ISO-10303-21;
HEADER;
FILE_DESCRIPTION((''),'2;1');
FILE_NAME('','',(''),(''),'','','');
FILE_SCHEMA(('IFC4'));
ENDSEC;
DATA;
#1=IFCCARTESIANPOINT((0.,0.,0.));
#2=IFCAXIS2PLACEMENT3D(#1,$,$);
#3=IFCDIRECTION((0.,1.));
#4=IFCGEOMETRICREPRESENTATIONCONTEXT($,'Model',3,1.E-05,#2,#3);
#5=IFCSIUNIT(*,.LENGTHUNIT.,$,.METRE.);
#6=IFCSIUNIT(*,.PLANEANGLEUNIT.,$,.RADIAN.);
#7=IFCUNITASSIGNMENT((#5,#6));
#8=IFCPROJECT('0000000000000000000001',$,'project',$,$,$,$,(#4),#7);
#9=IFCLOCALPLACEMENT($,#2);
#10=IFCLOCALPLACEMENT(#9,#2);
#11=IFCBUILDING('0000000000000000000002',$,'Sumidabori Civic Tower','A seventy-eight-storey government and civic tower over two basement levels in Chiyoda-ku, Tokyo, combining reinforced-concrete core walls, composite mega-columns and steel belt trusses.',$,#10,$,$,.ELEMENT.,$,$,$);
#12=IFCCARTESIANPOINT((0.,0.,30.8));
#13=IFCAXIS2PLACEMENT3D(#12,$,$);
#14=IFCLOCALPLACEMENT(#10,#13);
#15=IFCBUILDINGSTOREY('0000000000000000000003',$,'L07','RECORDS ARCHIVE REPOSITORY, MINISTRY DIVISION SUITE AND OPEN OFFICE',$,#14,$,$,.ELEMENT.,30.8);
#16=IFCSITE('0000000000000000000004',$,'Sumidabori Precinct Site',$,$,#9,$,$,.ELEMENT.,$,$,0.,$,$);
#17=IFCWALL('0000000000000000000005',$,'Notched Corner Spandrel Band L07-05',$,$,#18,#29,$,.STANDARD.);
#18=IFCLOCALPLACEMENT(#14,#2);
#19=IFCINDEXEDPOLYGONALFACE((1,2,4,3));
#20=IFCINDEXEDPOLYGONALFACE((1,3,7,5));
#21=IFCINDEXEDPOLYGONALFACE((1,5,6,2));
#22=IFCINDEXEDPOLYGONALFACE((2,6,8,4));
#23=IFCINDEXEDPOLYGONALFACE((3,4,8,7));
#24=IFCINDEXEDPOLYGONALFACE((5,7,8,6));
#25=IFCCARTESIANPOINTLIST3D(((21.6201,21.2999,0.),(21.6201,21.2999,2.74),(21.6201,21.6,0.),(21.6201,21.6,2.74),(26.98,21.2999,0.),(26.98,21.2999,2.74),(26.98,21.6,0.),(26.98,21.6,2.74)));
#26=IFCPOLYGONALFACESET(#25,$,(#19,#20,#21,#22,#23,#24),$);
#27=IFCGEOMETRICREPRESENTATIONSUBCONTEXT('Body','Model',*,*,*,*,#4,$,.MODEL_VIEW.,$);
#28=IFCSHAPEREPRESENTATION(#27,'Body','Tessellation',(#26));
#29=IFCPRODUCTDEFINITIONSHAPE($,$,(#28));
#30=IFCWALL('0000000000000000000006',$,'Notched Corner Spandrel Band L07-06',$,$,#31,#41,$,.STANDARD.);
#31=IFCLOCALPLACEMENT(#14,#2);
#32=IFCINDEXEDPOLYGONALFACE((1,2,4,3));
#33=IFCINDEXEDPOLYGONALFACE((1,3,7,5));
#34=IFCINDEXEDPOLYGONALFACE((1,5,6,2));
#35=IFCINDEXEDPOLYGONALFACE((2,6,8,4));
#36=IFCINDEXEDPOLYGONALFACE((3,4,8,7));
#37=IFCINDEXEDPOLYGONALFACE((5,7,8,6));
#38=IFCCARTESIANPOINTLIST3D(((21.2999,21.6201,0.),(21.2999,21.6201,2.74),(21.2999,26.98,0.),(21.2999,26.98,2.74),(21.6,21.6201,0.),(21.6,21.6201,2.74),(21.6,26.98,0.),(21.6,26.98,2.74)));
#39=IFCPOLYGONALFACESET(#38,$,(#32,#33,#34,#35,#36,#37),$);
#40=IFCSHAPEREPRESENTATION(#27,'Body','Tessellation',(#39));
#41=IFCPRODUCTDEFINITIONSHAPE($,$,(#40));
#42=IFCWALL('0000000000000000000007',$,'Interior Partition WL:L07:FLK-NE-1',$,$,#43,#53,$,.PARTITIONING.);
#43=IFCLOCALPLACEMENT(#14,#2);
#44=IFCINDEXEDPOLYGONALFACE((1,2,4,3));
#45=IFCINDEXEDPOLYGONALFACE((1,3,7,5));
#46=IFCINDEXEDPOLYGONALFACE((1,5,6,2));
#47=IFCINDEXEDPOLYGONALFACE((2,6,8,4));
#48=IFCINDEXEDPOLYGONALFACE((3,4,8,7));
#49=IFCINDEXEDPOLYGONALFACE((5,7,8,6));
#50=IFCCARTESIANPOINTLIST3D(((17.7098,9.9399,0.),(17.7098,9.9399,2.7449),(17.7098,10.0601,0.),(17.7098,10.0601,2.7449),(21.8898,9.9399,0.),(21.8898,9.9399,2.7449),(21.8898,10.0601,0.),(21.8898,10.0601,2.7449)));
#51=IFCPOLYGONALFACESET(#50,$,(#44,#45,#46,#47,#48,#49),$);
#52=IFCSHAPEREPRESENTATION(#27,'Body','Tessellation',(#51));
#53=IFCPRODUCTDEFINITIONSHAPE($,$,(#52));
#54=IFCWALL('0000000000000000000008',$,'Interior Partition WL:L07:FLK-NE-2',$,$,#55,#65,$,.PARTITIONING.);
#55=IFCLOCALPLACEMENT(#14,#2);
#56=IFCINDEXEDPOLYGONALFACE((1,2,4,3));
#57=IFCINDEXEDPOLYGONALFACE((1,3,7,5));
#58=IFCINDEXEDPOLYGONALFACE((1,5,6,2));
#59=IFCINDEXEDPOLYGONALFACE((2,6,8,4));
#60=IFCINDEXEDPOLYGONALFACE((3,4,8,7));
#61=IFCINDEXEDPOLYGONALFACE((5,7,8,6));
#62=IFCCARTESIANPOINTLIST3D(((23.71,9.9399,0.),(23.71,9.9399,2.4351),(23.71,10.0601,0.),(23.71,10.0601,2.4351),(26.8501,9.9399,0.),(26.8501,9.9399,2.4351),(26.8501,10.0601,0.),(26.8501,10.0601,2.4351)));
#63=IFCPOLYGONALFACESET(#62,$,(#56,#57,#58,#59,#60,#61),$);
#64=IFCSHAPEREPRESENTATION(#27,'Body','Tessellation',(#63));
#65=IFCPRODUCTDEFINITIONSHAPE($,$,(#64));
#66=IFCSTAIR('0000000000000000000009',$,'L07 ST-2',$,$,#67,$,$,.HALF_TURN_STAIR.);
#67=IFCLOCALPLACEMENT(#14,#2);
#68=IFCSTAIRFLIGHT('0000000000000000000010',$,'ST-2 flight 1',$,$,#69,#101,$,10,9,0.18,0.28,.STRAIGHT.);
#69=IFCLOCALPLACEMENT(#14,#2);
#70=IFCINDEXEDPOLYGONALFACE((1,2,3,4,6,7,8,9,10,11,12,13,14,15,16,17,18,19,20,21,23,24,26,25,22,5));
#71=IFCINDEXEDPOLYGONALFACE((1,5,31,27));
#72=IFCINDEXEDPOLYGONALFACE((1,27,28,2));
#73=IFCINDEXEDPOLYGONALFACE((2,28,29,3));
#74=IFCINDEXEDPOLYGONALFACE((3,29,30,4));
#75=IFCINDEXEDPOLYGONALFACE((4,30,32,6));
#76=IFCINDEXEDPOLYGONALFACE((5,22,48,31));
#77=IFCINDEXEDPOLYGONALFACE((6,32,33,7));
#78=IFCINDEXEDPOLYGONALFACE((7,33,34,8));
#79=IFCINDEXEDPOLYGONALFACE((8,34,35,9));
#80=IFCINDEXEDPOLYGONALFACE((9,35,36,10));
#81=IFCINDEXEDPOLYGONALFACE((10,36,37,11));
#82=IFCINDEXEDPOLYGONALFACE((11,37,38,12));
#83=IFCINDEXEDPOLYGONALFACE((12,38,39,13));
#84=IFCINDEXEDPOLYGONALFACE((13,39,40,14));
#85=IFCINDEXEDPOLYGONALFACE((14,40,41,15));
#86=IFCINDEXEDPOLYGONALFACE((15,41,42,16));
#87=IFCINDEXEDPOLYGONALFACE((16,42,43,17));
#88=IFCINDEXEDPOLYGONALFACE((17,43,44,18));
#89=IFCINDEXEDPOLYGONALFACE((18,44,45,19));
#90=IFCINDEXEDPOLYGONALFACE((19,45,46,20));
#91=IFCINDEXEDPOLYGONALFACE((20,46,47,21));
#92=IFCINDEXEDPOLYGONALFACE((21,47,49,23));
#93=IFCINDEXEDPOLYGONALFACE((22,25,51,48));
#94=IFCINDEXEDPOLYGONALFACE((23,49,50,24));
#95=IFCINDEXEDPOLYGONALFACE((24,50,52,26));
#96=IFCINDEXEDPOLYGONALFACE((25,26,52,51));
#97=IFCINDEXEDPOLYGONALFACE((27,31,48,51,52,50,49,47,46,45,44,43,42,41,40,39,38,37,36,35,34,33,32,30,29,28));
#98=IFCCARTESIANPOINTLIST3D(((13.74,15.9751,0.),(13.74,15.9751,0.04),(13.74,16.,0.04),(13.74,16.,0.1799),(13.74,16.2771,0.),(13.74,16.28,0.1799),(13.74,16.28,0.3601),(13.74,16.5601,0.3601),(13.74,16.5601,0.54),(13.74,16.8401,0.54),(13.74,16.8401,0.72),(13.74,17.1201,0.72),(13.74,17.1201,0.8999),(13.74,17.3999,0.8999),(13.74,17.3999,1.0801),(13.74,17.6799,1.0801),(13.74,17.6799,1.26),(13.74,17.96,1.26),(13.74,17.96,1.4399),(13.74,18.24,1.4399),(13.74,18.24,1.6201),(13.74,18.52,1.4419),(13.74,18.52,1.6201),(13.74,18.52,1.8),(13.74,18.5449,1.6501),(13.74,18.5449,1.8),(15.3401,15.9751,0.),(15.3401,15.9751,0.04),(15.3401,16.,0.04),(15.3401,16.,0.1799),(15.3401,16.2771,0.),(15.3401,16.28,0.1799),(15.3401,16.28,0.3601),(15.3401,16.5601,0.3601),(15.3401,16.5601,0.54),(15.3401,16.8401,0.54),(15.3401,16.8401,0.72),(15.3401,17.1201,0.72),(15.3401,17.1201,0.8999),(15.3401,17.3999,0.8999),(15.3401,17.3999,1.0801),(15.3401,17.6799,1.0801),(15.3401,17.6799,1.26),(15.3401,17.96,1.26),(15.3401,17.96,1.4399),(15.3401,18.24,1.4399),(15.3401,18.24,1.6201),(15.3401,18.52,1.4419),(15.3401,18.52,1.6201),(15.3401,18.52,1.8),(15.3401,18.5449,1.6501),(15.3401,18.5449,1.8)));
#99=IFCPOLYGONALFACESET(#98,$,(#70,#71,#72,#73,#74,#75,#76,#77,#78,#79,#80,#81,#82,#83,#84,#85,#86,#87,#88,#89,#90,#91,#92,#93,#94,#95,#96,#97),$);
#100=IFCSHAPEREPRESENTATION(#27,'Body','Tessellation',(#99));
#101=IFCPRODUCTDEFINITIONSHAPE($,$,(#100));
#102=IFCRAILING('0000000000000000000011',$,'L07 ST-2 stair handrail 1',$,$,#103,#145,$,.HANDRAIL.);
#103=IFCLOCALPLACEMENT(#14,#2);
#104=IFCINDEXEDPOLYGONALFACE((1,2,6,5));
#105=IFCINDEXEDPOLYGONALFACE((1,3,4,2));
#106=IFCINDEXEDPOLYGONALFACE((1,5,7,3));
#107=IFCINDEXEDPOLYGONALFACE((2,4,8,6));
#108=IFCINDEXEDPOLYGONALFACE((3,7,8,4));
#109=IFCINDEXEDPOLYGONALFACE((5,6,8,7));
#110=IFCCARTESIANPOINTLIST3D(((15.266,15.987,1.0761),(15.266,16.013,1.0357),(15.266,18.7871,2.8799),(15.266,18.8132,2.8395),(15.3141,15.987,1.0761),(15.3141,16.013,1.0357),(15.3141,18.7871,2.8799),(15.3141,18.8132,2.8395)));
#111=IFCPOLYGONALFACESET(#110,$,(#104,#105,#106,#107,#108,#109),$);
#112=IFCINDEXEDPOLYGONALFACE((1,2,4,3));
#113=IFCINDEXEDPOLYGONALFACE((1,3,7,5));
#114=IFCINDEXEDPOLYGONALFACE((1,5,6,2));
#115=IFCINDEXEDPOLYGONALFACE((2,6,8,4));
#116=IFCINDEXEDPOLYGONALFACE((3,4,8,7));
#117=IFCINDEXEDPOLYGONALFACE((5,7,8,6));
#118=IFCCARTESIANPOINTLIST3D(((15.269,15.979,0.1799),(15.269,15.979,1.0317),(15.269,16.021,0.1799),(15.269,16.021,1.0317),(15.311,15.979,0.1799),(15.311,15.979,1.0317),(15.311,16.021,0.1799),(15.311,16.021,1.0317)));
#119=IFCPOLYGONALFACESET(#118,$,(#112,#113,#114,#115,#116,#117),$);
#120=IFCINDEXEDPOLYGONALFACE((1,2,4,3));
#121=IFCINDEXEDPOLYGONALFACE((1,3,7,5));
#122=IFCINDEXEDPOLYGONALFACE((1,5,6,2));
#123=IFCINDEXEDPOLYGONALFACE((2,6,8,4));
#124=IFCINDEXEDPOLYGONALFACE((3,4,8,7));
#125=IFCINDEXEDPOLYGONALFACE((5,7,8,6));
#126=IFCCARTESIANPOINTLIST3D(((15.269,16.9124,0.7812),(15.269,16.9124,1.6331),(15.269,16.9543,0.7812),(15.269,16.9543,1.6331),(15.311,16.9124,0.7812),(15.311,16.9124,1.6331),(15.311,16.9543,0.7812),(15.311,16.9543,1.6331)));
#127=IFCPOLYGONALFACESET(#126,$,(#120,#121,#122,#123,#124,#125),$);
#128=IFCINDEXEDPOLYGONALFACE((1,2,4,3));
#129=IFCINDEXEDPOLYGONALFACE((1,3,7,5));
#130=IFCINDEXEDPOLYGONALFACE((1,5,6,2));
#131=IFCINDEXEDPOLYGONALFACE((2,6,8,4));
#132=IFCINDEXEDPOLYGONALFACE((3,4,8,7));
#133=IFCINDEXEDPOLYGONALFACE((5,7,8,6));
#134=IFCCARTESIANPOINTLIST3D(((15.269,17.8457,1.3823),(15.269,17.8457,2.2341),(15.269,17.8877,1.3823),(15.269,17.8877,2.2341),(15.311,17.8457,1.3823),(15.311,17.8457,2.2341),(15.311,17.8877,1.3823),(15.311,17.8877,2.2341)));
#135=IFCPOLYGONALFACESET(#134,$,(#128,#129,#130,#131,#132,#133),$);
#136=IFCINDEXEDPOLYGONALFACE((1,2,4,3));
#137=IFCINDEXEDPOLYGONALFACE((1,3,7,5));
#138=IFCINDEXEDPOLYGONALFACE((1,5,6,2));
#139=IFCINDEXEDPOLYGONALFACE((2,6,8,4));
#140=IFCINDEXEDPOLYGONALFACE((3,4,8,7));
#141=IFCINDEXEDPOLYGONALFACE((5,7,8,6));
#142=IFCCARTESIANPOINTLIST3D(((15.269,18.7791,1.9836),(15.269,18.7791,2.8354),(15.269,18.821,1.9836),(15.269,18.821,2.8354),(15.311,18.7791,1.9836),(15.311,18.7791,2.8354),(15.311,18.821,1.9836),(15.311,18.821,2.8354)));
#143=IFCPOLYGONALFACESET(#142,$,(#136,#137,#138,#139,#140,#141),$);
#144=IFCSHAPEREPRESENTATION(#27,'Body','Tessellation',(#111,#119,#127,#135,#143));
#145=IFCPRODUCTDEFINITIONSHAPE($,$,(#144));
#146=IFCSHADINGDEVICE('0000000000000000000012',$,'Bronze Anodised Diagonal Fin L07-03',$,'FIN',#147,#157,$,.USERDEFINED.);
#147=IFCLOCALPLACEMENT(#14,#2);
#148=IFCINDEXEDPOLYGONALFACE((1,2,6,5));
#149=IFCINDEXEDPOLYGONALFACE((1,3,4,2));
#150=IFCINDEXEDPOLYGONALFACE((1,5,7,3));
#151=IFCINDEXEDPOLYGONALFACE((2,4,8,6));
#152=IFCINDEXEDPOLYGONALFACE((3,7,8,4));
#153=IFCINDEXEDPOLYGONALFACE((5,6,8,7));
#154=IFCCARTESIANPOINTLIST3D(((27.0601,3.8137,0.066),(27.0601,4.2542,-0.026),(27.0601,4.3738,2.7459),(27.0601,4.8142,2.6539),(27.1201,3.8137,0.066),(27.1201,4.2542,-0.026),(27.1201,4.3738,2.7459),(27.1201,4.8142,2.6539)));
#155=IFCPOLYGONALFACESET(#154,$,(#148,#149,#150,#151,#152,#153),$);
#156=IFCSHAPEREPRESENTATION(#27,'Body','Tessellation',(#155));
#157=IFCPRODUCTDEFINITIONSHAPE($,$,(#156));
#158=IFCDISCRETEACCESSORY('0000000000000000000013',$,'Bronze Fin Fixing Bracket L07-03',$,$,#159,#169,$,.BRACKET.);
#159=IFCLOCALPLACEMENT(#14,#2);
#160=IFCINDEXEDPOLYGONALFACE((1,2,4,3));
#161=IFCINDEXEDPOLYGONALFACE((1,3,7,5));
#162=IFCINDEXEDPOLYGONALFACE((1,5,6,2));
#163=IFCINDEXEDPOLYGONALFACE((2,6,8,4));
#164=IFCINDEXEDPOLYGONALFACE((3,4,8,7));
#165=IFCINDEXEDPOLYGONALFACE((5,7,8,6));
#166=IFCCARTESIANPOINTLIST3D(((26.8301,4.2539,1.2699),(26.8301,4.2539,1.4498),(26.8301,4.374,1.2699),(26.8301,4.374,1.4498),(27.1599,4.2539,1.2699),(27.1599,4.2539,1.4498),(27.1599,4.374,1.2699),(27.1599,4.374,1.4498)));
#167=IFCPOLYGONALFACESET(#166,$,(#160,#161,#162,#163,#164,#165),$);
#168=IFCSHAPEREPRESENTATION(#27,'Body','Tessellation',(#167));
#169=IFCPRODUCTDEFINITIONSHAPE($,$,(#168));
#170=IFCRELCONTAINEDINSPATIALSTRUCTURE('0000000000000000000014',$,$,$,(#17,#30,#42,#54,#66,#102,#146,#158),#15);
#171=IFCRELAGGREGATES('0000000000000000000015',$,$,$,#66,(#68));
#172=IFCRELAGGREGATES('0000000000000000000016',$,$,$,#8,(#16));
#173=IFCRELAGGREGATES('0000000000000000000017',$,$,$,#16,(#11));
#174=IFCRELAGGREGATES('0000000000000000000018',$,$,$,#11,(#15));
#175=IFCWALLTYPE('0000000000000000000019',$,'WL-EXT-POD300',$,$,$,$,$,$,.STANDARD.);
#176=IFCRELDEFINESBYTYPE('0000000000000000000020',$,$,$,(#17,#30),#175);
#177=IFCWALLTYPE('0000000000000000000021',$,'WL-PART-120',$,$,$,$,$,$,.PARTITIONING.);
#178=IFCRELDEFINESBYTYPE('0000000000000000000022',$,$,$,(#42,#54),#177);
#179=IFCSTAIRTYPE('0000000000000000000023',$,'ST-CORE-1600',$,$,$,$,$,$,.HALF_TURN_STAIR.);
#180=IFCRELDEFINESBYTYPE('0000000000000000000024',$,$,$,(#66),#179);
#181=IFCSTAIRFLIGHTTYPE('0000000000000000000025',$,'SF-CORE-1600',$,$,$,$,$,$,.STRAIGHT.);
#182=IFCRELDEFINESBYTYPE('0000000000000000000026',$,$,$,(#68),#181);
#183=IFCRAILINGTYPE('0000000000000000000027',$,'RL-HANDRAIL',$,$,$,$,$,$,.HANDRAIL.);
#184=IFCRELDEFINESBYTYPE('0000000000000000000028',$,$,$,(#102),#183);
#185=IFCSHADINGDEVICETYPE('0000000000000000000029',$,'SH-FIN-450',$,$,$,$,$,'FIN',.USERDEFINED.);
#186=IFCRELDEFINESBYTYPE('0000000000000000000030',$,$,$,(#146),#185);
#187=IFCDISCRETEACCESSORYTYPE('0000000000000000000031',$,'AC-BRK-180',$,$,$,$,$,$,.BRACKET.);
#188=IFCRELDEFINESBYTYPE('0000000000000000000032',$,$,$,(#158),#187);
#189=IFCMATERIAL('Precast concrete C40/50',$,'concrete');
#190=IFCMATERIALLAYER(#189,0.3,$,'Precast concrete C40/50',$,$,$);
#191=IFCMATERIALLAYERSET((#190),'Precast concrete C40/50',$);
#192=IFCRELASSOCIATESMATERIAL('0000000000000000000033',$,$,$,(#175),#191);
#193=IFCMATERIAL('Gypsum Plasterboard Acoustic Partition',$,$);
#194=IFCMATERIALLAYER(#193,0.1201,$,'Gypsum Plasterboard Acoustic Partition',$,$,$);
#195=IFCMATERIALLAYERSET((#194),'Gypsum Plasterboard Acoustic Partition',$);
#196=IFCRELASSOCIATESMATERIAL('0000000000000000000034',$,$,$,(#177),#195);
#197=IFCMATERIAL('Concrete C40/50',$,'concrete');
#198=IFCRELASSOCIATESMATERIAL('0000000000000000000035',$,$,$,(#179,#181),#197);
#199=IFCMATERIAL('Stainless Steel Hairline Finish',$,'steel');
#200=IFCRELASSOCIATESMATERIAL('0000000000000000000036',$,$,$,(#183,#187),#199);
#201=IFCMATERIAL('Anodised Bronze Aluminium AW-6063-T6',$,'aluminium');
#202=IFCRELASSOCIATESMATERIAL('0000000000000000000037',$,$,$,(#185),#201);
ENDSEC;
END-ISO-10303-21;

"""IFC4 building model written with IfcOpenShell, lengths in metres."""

from ifc_helpers import new_model, si_unit, direction, frame, frame_2d, origin, origin_2d, place, context, subcontext, project, spatial, polyline, rectangle, outline, extrude, source, transform, mapped, material, layer, layer_set, material_profile, profile_set, type_object, element, aggregate, save


model = new_model("IFC4")

# Units and contexts
model_context = context("Model", 3, precision=1e-05, world=origin(), true_north=direction((0.0, 1.0)))
body_context = subcontext(model_context, "Body", "Model", "MODEL_VIEW")
ifc_project = project(units=[si_unit("LENGTHUNIT", "METRE"), si_unit("PLANEANGLEUNIT", "RADIAN")], contexts=[model_context])

# Site, building, storey
site_placement = place(None, origin())
site = spatial("IfcSite", under=ifc_project, at=site_placement, Name="Sumidabori Precinct Site", CompositionType="ELEMENT", RefElevation=0.0)
building_placement = place(site_placement, origin())
building = spatial("IfcBuilding", under=site, at=building_placement, Name="Sumidabori Civic Tower", Description="A seventy-eight-storey government and civic tower over two basement levels in Chiyoda-ku, Tokyo, combining reinforced-concrete core walls, composite mega-columns and steel belt trusses.", CompositionType="ELEMENT")
storey_placement = place(building_placement, frame((0.0, 0.0, 30.8)))
storey = spatial("IfcBuildingStorey", under=building, at=storey_placement, Name="L07", Description="RECORDS ARCHIVE REPOSITORY, MINISTRY DIVISION SUITE AND OPEN OFFICE", CompositionType="ELEMENT", Elevation=30.8)

# Shared definitions
ifc_material_1 = material(Name="Anodised Bronze Aluminium AW-6063-T6", Category="aluminium")

# Walls
ifc_material_2 = material(Name="Precast concrete C40/50", Category="concrete")
ifc_layer_1 = layer(ifc_material_2, 0.3, Name="Precast concrete C40/50")
ifc_layer_set_1 = layer_set([ifc_layer_1], Name="Precast concrete C40/50")
wall_type_1 = type_object("IfcWallType", Name="WL-EXT-POD300", PredefinedType="STANDARD", material=ifc_layer_set_1)
shared_shape_1 = source(origin(), body_context, "Body", "SweptSolid", [
    extrude(rectangle(XDim=5.3599, YDim=0.3, at=frame_2d((2.6799, 0.0))), origin(), (0.0, 0.0, 1.0), 2.74),
])
for number, where, z_axis, x_axis, name in (
    (1, (26.98, 21.45, 0.0), (0.0, 0.0, 1.0), (-1.0, 0.0, 0.0), "Notched Corner Spandrel Band L07-05"),
    (2, (21.45, 21.6201, 0.0), (0.0, 0.0, 1.0), (0.0, 1.0, 0.0), "Notched Corner Spandrel Band L07-06"),
):
    element("IfcWall", number, at=place(storey_placement, frame(where, z_axis=z_axis, x_axis=x_axis)), inside=storey, type_object=wall_type_1, Name=name, PredefinedType="STANDARD", context=body_context, shape_type="MappedRepresentation", body=[
        mapped(shared_shape_1, transform((0.0, 0.0, 0.0), x_axis=(1.0, 0.0, 0.0), y_axis=(0.0, 1.0, 0.0), z_axis=(0.0, 0.0, 1.0), scale=1.0)),
    ])
ifc_material_3 = material(Name="Gypsum Plasterboard Acoustic Partition")
ifc_layer_2 = layer(ifc_material_3, 0.1201, Name="Gypsum Plasterboard Acoustic Partition")
ifc_layer_set_2 = layer_set([ifc_layer_2], Name="Gypsum Plasterboard Acoustic Partition")
wall_type_2 = type_object("IfcWallType", Name="WL-PART-120", PredefinedType="PARTITIONING", material=ifc_layer_set_2)
shared_shape_2 = source(origin(), body_context, "Body", "SweptSolid", [
    extrude(rectangle(XDim=4.1799, YDim=0.1201, at=frame_2d((2.0898, 0.0))), origin(), (0.0, 0.0, 1.0), 2.7449),
])
wall_1_placement = place(storey_placement, frame((17.71, 10.0, 0.0), z_axis=(0.0, 0.0, 1.0), x_axis=(1.0, 0.0, 0.0)))
element("IfcWall", 3, at=wall_1_placement, inside=storey, type_object=wall_type_2, Name="Interior Partition WL:L07:FLK-NE-1", PredefinedType="PARTITIONING", context=body_context, shape_type="MappedRepresentation", body=[
    mapped(shared_shape_2, transform((0.0, 0.0, 0.0), x_axis=(1.0, 0.0, 0.0), y_axis=(0.0, 1.0, 0.0), z_axis=(0.0, 0.0, 1.0), scale=1.0)),
])
shared_shape_3 = source(origin(), body_context, "Body", "SweptSolid", [
    extrude(rectangle(XDim=3.1401, YDim=0.1201, at=frame_2d((1.5701, 0.0))), origin(), (0.0, 0.0, 1.0), 2.4351),
])
wall_2_placement = place(storey_placement, frame((23.71, 10.0, 0.0), z_axis=(0.0, 0.0, 1.0), x_axis=(1.0, 0.0, 0.0)))
element("IfcWall", 4, at=wall_2_placement, inside=storey, type_object=wall_type_2, Name="Interior Partition WL:L07:FLK-NE-2", PredefinedType="PARTITIONING", context=body_context, shape_type="MappedRepresentation", body=[
    mapped(shared_shape_3, transform((0.0, 0.0, 0.0), x_axis=(1.0, 0.0, 0.0), y_axis=(0.0, 1.0, 0.0), z_axis=(0.0, 0.0, 1.0), scale=1.0)),
])

# Stair, stair flight
ifc_material_4 = material(Name="Concrete C40/50", Category="concrete")
stair_type = type_object("IfcStairType", Name="ST-CORE-1600", PredefinedType="HALF_TURN_STAIR", material=ifc_material_4)
stair_placement = place(storey_placement, origin())
stair = element("IfcStair", 5, at=stair_placement, inside=storey, type_object=stair_type, Name="L07 ST-2", PredefinedType="HALF_TURN_STAIR")
stair_flight_type = type_object("IfcStairFlightType", Name="SF-CORE-1600", PredefinedType="STRAIGHT", material=ifc_material_4)
shared_shape_4 = source(origin(), body_context, "Body", "SweptSolid", [
    extrude(outline(polyline([(-0.0249, 0.0), (-0.0249, 0.04), (0.0, 0.04), (0.0, 0.1799), (0.28, 0.1799), (0.28, 0.3601), (0.5601, 0.3601), (0.5601, 0.54), (0.8401, 0.54), (0.8401, 0.72), (1.1201, 0.72), (1.1201, 0.8999), (1.3999, 0.8999), (1.3999, 1.0801), (1.6799, 1.0801), (1.6799, 1.26), (1.96, 1.26), (1.96, 1.4399), (2.24, 1.4399), (2.24, 1.6201), (2.52, 1.6201), (2.52, 1.8), (2.5449, 1.8), (2.5449, 1.6501), (2.52, 1.4419), (0.2771, 0.0), (-0.0249, 0.0)])), frame((0.0, 0.8, 0.0), z_axis=(0.0, -1.0, 0.0), x_axis=(1.0, 0.0, 0.0)), (0.0, 0.0, 1.0), 1.6001),
])
stair_flight_placement = place(storey_placement, frame((14.54, 16.0, 0.0), z_axis=(0.0, 0.0, 1.0), x_axis=(0.0, 1.0, 0.0)))
stair_flight = element("IfcStairFlight", 6, at=stair_flight_placement, type_object=stair_flight_type, Name="ST-2 flight 1", NumberOfRisers=10, NumberOfTreads=9, PredefinedType="STRAIGHT", RiserHeight=0.18, TreadLength=0.28, context=body_context, shape_type="MappedRepresentation", body=[
    mapped(shared_shape_4, transform((0.0, 0.0, 0.0), x_axis=(1.0, 0.0, 0.0), y_axis=(0.0, 1.0, 0.0), z_axis=(0.0, 0.0, 1.0), scale=1.0)),
])
aggregate(stair, [stair_flight])

# Railing
ifc_material_5 = material(Name="Stainless Steel Hairline Finish", Category="steel")
railing_type = type_object("IfcRailingType", Name="RL-HANDRAIL", PredefinedType="HANDRAIL", material=ifc_material_5)
railing_placement = place(storey_placement, frame((15.29, 16.0, 0.1799)))
element("IfcRailing", 7, at=railing_placement, inside=storey, type_object=railing_type, Name="L07 ST-2 stair handrail 1", PredefinedType="HANDRAIL", context=body_context, shape_type="SweptSolid", body=[
    extrude(rectangle(XDim=0.0481, YDim=0.0481, at=origin_2d()), frame((0.0, 0.0, 0.876), z_axis=(0.0, 0.840676, 0.541539), x_axis=(-1.0, 0.0, 0.0)), (0.0, 0.0, 1.0), 3.3308),
    extrude(rectangle(XDim=0.042, YDim=0.042, at=origin_2d()), origin(), (0.0, 0.0, 1.0), 0.8518),
    extrude(rectangle(XDim=0.042, YDim=0.042, at=origin_2d()), frame((0.0, 0.9333, 0.6013)), (0.0, 0.0, 1.0), 0.8518),
    extrude(rectangle(XDim=0.042, YDim=0.042, at=origin_2d()), frame((0.0, 1.8667, 1.2024)), (0.0, 0.0, 1.0), 0.8518),
    extrude(rectangle(XDim=0.042, YDim=0.042, at=origin_2d()), frame((0.0, 2.8, 1.8037)), (0.0, 0.0, 1.0), 0.8518),
])

# Shading device
ifc_material_profile_1 = material_profile(ifc_material_1, rectangle(XDim=0.0601, YDim=0.45, at=origin_2d()), Name="BRONZE FIN 450x60")
ifc_profile_set_1 = profile_set([ifc_material_profile_1], Name="Anodised Bronze Aluminium AW-6063-T6")
shading_device_type = type_object("IfcShadingDeviceType", Name="SH-FIN-450", ElementType="FIN", PredefinedType="USERDEFINED", material=ifc_profile_set_1)
shared_shape_5 = source(origin(), body_context, "Body", "SweptSolid", [
    extrude(rectangle(XDim=0.0601, YDim=0.45, at=origin_2d()), origin(), (0.0, 0.0, 1.0), 2.7378),
])
shading_device_placement = place(storey_placement, frame((27.0901, 4.0339, 0.02), z_axis=(0.0, 0.204563, 0.978853), x_axis=(-1.0, 0.0, 0.0)))
element("IfcShadingDevice", 8, at=shading_device_placement, inside=storey, type_object=shading_device_type, Name="Bronze Anodised Diagonal Fin L07-03", ObjectType="FIN", PredefinedType="USERDEFINED", context=body_context, shape_type="MappedRepresentation", body=[
    mapped(shared_shape_5, transform((0.0, 0.0, 0.0), x_axis=(1.0, 0.0, 0.0), y_axis=(0.0, 1.0, 0.0), z_axis=(0.0, 0.0, 1.0), scale=1.0)),
])

# Discrete accessory
ifc_material_profile_2 = material_profile(ifc_material_5, rectangle(XDim=0.1201, YDim=0.1799, at=origin_2d()), Name="STEEL BRACKET 180x120")
ifc_profile_set_2 = profile_set([ifc_material_profile_2], Name="Stainless Steel Hairline Finish")
discrete_accessory_type = type_object("IfcDiscreteAccessoryType", Name="AC-BRK-180", PredefinedType="BRACKET", material=ifc_profile_set_2)
shared_shape_6 = source(origin(), body_context, "Body", "SweptSolid", [
    extrude(rectangle(XDim=0.1201, YDim=0.1799, at=origin_2d()), origin(), (0.0, 0.0, 1.0), 0.3298),
])
discrete_accessory_placement = place(storey_placement, frame((26.8301, 4.314, 1.3599), z_axis=(1.0, 0.0, 0.0), x_axis=(0.0, 1.0, 0.0)))
element("IfcDiscreteAccessory", 9, at=discrete_accessory_placement, inside=storey, type_object=discrete_accessory_type, Name="Bronze Fin Fixing Bracket L07-03", PredefinedType="BRACKET", context=body_context, shape_type="MappedRepresentation", body=[
    mapped(shared_shape_6, transform((0.0, 0.0, 0.0), x_axis=(1.0, 0.0, 0.0), y_axis=(0.0, 1.0, 0.0), z_axis=(0.0, 0.0, 1.0), scale=1.0)),
])

save(model, "model.ifc")
